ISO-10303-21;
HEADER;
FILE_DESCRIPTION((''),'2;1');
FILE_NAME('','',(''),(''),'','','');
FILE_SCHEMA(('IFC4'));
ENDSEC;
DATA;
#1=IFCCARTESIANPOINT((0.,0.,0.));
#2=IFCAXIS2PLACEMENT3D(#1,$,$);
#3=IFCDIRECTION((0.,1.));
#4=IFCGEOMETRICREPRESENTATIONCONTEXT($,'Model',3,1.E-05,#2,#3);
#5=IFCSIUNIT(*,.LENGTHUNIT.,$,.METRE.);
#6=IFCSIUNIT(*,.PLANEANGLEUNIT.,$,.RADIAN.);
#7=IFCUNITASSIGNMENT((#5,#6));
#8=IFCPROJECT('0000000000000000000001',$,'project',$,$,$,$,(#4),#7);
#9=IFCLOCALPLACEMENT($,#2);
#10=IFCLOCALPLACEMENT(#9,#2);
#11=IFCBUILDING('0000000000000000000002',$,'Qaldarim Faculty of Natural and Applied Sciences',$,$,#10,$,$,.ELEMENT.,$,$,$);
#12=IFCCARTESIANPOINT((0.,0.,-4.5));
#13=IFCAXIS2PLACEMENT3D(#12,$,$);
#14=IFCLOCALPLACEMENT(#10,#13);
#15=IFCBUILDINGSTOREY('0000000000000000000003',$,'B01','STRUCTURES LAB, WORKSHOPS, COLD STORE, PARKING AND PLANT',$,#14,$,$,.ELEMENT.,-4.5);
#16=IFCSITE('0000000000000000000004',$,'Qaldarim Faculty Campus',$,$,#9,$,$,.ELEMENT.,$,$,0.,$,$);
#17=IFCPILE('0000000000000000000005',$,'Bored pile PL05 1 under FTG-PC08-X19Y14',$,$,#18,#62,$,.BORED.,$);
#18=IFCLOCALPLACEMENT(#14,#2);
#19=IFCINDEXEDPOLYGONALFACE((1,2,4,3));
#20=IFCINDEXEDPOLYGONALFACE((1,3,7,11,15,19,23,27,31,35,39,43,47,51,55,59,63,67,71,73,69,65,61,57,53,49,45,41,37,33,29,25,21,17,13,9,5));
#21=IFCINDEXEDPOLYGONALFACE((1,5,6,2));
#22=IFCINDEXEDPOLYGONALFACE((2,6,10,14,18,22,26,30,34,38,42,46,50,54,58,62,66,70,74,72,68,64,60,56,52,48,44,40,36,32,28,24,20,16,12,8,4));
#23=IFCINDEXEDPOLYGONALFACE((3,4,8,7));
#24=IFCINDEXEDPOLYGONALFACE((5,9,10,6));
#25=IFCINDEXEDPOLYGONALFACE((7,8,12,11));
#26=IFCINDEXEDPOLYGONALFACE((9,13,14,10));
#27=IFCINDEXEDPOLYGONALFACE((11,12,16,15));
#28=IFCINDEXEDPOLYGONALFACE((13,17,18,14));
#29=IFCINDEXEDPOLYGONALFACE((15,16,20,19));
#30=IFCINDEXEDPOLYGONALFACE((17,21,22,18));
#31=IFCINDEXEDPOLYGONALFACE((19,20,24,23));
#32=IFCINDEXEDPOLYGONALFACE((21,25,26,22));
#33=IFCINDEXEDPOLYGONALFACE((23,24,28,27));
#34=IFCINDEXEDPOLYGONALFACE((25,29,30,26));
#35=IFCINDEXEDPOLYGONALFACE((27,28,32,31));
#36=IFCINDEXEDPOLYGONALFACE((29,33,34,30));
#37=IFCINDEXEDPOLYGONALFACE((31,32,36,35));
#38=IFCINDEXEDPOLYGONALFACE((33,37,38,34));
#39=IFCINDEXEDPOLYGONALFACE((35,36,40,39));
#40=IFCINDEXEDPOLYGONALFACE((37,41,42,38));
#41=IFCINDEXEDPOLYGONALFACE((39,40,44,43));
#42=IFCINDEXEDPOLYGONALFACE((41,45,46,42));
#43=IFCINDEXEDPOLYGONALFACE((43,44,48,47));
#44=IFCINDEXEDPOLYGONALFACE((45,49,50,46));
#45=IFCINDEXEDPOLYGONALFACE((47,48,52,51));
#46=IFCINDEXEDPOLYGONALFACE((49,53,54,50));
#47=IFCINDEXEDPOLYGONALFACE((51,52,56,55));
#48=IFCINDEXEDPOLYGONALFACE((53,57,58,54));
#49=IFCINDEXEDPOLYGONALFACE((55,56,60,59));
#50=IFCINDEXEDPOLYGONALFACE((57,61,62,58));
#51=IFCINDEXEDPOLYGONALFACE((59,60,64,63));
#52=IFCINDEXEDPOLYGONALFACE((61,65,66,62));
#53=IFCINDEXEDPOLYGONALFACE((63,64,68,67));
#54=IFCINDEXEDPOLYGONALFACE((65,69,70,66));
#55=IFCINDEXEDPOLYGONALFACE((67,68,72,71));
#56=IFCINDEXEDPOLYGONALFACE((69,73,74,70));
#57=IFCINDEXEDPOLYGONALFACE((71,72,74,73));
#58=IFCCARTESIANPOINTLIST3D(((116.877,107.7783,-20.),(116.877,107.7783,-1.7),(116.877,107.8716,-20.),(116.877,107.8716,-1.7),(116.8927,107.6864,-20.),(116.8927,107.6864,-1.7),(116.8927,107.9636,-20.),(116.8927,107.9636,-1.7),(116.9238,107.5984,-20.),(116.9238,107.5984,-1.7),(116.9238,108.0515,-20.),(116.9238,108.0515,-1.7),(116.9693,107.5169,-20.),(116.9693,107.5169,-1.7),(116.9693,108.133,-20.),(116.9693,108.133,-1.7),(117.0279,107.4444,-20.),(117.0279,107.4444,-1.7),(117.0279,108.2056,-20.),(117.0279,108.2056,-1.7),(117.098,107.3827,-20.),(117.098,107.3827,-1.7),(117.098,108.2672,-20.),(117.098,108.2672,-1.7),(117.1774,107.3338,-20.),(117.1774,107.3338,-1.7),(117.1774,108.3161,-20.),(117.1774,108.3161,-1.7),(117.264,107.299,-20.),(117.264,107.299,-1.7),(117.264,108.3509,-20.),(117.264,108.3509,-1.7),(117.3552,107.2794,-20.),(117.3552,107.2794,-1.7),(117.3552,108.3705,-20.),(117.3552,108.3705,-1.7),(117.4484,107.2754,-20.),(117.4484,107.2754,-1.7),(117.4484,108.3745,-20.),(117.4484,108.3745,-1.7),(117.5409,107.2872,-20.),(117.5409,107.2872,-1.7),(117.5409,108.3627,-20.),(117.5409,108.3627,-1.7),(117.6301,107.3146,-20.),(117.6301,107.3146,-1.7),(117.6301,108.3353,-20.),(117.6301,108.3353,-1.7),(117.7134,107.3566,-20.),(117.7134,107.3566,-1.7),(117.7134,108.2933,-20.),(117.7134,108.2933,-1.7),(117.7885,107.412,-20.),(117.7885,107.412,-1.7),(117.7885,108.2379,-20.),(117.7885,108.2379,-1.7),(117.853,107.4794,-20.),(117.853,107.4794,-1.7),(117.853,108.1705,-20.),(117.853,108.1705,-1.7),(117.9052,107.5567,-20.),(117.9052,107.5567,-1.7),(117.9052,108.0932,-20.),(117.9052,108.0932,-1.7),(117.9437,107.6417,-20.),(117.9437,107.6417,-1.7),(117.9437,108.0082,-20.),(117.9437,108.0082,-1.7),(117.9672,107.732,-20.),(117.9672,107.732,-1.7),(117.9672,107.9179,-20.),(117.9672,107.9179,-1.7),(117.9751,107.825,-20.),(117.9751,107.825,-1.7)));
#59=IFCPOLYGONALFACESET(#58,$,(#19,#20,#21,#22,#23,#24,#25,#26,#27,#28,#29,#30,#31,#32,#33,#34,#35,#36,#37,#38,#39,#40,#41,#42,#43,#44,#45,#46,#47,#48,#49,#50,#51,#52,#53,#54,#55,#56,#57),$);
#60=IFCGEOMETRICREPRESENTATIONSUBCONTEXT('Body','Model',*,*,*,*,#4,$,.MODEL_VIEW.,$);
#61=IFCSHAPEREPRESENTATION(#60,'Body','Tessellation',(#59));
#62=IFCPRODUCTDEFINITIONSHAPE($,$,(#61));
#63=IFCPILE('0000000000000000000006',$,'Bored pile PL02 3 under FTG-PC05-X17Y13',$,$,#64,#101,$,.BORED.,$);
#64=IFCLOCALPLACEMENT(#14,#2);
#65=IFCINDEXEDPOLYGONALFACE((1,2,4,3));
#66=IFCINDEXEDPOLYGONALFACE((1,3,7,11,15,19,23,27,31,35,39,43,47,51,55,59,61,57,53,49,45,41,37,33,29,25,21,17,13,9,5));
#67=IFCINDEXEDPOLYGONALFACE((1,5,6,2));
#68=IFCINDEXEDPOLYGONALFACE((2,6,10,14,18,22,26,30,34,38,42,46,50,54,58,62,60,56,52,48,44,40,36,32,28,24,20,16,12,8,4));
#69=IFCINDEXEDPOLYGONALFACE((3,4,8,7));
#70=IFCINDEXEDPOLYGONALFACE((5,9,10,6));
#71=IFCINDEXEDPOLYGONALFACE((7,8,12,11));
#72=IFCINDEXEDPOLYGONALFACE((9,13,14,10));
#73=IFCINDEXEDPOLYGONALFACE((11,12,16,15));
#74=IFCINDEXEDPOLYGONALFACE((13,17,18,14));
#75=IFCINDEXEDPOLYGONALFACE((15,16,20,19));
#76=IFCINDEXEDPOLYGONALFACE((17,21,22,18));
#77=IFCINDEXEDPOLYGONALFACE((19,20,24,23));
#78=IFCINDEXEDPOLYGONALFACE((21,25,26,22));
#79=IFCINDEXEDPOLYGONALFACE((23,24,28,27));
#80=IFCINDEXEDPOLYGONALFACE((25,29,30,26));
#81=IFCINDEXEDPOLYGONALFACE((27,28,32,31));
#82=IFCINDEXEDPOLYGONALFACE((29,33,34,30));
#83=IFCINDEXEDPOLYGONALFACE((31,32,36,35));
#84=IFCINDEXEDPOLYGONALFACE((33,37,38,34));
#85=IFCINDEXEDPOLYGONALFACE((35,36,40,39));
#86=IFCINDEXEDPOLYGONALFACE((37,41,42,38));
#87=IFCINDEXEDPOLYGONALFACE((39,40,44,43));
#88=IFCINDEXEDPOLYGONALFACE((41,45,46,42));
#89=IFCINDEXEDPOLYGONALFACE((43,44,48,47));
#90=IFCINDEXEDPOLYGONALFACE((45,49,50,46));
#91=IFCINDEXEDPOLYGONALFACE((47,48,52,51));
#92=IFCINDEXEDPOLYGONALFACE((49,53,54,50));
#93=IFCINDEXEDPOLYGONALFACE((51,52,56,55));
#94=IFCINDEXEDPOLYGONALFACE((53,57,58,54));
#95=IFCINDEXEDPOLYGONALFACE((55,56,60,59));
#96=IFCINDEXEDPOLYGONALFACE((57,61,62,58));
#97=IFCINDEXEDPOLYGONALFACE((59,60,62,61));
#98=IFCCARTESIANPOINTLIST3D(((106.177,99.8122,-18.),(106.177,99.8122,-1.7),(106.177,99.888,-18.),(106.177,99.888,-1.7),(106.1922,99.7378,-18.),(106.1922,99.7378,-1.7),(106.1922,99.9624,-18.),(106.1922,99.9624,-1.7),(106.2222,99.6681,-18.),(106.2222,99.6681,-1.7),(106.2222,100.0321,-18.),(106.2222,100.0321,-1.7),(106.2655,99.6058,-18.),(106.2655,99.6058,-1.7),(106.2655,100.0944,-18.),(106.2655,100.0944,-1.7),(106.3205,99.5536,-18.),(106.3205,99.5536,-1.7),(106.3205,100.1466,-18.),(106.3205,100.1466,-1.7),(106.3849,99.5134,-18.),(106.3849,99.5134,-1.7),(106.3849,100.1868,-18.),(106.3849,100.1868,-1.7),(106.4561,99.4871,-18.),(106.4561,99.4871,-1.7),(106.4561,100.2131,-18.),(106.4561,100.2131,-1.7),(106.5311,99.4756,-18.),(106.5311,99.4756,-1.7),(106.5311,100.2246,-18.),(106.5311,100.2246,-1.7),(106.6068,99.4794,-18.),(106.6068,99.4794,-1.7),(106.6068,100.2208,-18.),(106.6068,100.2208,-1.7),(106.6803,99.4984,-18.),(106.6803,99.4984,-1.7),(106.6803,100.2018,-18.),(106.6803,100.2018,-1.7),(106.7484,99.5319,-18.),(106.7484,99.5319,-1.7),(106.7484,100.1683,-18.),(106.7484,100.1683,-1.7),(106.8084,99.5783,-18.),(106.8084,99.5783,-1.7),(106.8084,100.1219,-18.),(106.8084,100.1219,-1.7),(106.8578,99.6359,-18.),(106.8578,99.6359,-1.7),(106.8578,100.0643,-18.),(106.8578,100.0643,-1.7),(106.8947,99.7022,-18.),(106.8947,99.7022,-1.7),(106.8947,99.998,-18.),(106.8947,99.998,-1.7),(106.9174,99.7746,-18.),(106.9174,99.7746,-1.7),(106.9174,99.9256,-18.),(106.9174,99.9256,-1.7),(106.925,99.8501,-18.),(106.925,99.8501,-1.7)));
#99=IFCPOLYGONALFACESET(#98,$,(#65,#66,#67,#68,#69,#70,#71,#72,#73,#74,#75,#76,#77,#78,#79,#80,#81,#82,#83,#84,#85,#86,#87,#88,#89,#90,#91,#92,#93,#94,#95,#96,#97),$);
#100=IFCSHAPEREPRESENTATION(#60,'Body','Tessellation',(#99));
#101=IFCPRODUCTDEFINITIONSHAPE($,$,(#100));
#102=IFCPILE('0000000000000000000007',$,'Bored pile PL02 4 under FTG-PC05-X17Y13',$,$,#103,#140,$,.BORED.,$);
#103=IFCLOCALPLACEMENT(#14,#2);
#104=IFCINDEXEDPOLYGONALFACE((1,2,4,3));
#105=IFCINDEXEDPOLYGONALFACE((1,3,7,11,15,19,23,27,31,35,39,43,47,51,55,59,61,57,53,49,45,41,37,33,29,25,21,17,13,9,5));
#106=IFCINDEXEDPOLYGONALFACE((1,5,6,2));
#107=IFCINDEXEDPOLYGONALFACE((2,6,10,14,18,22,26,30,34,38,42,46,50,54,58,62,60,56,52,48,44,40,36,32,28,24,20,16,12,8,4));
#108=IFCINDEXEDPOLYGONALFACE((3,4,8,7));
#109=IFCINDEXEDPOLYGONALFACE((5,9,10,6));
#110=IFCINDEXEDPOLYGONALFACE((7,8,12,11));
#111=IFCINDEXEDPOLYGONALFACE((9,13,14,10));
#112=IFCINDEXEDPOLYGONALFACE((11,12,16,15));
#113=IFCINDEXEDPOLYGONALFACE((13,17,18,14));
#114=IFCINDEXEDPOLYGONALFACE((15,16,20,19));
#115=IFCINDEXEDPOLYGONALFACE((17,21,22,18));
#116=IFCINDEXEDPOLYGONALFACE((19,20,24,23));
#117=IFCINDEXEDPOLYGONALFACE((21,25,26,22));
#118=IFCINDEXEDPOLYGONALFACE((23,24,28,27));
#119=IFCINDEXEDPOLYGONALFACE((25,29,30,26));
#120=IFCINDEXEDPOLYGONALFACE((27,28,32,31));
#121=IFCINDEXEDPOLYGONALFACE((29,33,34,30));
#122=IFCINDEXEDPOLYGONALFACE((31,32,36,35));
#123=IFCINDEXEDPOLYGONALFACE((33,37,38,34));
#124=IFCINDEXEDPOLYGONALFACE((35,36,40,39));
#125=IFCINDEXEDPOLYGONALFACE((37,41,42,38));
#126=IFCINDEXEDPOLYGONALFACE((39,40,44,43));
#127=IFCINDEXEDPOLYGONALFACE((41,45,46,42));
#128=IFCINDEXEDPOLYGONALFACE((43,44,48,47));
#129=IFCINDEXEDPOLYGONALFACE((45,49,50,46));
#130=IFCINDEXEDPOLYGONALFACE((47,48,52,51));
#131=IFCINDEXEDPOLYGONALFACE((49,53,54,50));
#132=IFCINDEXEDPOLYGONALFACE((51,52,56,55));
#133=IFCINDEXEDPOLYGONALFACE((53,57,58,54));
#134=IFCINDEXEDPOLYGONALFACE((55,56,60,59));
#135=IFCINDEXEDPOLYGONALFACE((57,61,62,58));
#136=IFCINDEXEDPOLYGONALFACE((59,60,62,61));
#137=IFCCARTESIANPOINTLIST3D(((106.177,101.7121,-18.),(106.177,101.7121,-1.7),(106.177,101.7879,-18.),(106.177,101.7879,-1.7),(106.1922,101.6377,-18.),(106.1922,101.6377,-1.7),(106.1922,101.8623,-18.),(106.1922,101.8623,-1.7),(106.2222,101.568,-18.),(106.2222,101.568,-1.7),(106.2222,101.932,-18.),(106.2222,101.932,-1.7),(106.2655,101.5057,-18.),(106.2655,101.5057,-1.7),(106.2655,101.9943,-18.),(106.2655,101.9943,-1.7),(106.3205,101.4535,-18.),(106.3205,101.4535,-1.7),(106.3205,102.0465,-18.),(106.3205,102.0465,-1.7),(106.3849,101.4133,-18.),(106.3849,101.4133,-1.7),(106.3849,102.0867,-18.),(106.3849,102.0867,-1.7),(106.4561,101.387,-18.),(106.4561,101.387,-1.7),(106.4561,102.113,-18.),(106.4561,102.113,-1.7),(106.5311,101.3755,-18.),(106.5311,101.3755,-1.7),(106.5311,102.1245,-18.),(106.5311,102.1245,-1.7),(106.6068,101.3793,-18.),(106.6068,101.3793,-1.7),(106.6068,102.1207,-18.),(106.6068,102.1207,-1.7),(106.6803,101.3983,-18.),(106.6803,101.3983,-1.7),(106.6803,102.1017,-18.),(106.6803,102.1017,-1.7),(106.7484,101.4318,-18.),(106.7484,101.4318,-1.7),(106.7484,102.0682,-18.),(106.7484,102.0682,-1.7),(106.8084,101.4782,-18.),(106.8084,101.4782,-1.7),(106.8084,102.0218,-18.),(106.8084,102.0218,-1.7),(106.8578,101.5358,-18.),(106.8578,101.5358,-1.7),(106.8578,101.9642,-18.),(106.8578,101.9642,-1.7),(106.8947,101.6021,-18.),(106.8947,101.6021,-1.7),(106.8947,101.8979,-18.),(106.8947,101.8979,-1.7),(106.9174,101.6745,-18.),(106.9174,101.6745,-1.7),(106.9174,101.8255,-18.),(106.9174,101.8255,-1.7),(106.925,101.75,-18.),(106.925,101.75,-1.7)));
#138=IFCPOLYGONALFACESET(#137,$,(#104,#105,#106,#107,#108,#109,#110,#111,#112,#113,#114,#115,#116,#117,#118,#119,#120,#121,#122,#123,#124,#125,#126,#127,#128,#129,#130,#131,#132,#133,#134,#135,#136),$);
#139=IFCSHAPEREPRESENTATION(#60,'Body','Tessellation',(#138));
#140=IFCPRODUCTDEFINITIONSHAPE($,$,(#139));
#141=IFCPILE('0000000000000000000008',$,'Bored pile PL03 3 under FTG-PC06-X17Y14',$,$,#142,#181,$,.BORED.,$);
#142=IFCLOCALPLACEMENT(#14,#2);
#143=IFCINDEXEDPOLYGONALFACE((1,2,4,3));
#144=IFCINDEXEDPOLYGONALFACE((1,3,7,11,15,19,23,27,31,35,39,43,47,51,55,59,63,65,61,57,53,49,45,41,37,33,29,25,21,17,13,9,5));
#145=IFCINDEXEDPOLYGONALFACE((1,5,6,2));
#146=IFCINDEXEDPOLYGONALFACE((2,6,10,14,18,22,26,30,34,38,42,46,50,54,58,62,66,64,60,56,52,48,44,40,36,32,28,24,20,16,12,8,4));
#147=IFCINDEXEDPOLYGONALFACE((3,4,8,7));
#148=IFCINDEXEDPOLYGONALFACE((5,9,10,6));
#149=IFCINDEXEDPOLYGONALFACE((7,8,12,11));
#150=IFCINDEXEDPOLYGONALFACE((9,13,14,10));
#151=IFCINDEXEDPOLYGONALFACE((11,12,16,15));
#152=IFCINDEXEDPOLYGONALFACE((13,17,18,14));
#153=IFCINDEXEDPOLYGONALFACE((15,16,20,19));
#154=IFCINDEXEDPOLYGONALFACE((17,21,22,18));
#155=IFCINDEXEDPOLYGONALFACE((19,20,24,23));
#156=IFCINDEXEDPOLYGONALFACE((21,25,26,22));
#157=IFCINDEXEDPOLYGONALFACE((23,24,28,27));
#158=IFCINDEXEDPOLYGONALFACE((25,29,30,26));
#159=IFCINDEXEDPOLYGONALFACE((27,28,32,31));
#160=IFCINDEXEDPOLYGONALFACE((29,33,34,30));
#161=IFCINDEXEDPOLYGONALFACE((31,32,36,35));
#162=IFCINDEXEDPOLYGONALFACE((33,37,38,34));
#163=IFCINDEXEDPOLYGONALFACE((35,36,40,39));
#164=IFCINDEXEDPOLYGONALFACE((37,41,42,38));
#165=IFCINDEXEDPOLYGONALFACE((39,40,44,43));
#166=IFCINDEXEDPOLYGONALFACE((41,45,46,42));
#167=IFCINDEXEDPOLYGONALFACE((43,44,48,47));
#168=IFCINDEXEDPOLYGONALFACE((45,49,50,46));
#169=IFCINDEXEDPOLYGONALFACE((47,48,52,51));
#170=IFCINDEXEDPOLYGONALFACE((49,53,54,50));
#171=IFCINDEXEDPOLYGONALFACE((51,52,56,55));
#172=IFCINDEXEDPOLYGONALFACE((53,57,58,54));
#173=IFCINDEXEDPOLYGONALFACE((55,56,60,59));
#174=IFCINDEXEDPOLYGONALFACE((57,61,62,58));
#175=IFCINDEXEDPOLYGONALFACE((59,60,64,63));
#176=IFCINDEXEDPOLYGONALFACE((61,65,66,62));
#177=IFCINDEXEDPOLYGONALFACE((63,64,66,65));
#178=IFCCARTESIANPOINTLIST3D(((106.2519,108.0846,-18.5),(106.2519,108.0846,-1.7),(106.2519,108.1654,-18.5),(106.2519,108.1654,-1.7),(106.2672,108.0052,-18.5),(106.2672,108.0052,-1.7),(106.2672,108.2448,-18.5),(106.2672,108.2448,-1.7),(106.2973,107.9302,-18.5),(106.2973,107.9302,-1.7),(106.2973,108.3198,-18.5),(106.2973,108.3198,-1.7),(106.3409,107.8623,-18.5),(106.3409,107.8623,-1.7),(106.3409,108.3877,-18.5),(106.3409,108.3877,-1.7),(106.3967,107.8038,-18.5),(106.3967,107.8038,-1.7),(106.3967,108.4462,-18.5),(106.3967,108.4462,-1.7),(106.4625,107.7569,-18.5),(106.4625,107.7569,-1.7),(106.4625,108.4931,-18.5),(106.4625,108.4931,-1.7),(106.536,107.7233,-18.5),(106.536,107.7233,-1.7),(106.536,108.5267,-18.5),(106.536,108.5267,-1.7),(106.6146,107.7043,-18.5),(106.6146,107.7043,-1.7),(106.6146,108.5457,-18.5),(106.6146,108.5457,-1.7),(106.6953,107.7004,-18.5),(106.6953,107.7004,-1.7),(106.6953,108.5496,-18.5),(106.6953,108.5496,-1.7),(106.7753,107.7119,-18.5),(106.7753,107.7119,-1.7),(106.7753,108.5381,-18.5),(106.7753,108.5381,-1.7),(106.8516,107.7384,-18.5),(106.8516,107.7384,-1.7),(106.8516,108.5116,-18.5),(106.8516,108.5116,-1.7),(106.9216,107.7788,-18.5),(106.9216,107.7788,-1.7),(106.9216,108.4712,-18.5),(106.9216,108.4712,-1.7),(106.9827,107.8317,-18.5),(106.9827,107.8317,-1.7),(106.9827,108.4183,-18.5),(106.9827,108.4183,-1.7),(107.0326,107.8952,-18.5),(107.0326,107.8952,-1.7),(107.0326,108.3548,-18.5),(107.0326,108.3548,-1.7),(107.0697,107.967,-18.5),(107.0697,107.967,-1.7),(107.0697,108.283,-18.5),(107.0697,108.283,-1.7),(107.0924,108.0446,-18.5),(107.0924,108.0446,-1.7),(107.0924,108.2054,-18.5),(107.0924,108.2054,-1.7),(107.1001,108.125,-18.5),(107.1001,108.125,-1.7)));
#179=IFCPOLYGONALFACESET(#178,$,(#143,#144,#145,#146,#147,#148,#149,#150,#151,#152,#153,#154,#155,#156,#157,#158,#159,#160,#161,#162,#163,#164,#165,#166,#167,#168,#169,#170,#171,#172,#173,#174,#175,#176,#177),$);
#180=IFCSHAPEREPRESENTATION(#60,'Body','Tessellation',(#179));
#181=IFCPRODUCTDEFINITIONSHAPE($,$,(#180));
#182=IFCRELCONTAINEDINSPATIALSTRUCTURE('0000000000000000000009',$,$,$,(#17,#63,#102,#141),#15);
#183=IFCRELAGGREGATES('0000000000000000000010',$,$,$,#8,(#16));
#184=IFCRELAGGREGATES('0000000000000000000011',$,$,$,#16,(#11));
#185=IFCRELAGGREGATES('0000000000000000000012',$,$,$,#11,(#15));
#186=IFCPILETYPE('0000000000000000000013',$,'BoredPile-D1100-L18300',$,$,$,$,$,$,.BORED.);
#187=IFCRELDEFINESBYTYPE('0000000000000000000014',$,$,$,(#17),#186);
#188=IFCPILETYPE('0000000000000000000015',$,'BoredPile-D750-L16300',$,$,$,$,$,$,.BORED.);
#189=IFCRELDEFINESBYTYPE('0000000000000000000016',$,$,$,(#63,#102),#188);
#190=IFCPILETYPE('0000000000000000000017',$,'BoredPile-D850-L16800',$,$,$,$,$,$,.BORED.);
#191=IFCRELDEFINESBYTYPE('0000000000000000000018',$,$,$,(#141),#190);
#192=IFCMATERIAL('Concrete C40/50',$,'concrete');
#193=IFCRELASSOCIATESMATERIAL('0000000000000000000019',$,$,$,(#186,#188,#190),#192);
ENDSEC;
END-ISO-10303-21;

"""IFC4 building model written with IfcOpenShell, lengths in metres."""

from ifc_helpers import new_model, si_unit, direction, frame, origin, origin_2d, place, context, subcontext, project, spatial, circle, extrude, material, material_profile, profile_set, type_object, element, save


model = new_model("IFC4")

# Units and contexts
model_context = context("Model", 3, precision=1e-05, world=origin(), true_north=direction((0.0, 1.0)))
body_context = subcontext(model_context, "Body", "Model", "MODEL_VIEW")
ifc_project = project(units=[si_unit("LENGTHUNIT", "METRE"), si_unit("PLANEANGLEUNIT", "RADIAN")], contexts=[model_context])

# Site, building, storey
site_placement = place(None, origin())
site = spatial("IfcSite", under=ifc_project, at=site_placement, Name="Qaldarim Faculty Campus", CompositionType="ELEMENT", RefElevation=0.0)
building_placement = place(site_placement, origin())
building = spatial("IfcBuilding", under=site, at=building_placement, Name="Qaldarim Faculty of Natural and Applied Sciences", CompositionType="ELEMENT")
storey_placement = place(building_placement, frame((0.0, 0.0, -4.5)))
storey = spatial("IfcBuildingStorey", under=building, at=storey_placement, Name="B01", Description="STRUCTURES LAB, WORKSHOPS, COLD STORE, PARKING AND PLANT", CompositionType="ELEMENT", Elevation=-4.5)

# Piles
ifc_material_1 = material(Name="Concrete C40/50", Category="concrete")
ifc_material_profile_1 = material_profile(ifc_material_1, circle(Radius=0.55, at=origin_2d()), Name="PILE-D1100")
ifc_profile_set_1 = profile_set([ifc_material_profile_1], Name="Concrete C40/50")
pile_type_1 = type_object("IfcPileType", Name="BoredPile-D1100-L18300", PredefinedType="BORED", material=ifc_profile_set_1)
pile_placement = place(storey_placement, frame((117.425, 107.825, -1.7), z_axis=(0.0, 0.0, -1.0), x_axis=(1.0, 0.0, 0.0)))
element("IfcPile", 1, at=pile_placement, inside=storey, type_object=pile_type_1, Name="Bored pile PL05 1 under FTG-PC08-X19Y14", PredefinedType="BORED", context=body_context, shape_type="SweptSolid", body=[
    extrude(circle(Radius=0.55, at=origin_2d()), origin(), (0.0, 0.0, 1.0), 18.3),
])
ifc_material_profile_2 = material_profile(ifc_material_1, circle(Radius=0.375, at=origin_2d()), Name="PILE-D750")
ifc_profile_set_2 = profile_set([ifc_material_profile_2], Name="Concrete C40/50")
pile_type_2 = type_object("IfcPileType", Name="BoredPile-D750-L16300", PredefinedType="BORED", material=ifc_profile_set_2)
for number, where, z_axis, x_axis, name in (
    (2, (106.55, 99.8501, -1.7), (0.0, 0.0, -1.0), (1.0, 0.0, 0.0), "Bored pile PL02 3 under FTG-PC05-X17Y13"),
    (3, (106.55, 101.75, -1.7), (0.0, 0.0, -1.0), (1.0, 0.0, 0.0), "Bored pile PL02 4 under FTG-PC05-X17Y13"),
):
    element("IfcPile", number, at=place(storey_placement, frame(where, z_axis=z_axis, x_axis=x_axis)), inside=storey, type_object=pile_type_2, Name=name, PredefinedType="BORED", context=body_context, shape_type="SweptSolid", body=[
        extrude(circle(Radius=0.375, at=origin_2d()), origin(), (0.0, 0.0, 1.0), 16.3),
    ])
ifc_material_profile_3 = material_profile(ifc_material_1, circle(Radius=0.425, at=origin_2d()), Name="PILE-D850")
ifc_profile_set_3 = profile_set([ifc_material_profile_3], Name="Concrete C40/50")
pile_type_3 = type_object("IfcPileType", Name="BoredPile-D850-L16800", PredefinedType="BORED", material=ifc_profile_set_3)
for number, where, z_axis, x_axis, name in (
    (4, (106.675, 108.125, -1.7), (0.0, 0.0, -1.0), (1.0, 0.0, 0.0), "Bored pile PL03 3 under FTG-PC06-X17Y14"),
):
    element("IfcPile", number, at=place(storey_placement, frame(where, z_axis=z_axis, x_axis=x_axis)), inside=storey, type_object=pile_type_3, Name=name, PredefinedType="BORED", context=body_context, shape_type="SweptSolid", body=[
        extrude(circle(Radius=0.425, at=origin_2d()), origin(), (0.0, 0.0, 1.0), 16.8),
    ])

save(model, "model.ifc")
